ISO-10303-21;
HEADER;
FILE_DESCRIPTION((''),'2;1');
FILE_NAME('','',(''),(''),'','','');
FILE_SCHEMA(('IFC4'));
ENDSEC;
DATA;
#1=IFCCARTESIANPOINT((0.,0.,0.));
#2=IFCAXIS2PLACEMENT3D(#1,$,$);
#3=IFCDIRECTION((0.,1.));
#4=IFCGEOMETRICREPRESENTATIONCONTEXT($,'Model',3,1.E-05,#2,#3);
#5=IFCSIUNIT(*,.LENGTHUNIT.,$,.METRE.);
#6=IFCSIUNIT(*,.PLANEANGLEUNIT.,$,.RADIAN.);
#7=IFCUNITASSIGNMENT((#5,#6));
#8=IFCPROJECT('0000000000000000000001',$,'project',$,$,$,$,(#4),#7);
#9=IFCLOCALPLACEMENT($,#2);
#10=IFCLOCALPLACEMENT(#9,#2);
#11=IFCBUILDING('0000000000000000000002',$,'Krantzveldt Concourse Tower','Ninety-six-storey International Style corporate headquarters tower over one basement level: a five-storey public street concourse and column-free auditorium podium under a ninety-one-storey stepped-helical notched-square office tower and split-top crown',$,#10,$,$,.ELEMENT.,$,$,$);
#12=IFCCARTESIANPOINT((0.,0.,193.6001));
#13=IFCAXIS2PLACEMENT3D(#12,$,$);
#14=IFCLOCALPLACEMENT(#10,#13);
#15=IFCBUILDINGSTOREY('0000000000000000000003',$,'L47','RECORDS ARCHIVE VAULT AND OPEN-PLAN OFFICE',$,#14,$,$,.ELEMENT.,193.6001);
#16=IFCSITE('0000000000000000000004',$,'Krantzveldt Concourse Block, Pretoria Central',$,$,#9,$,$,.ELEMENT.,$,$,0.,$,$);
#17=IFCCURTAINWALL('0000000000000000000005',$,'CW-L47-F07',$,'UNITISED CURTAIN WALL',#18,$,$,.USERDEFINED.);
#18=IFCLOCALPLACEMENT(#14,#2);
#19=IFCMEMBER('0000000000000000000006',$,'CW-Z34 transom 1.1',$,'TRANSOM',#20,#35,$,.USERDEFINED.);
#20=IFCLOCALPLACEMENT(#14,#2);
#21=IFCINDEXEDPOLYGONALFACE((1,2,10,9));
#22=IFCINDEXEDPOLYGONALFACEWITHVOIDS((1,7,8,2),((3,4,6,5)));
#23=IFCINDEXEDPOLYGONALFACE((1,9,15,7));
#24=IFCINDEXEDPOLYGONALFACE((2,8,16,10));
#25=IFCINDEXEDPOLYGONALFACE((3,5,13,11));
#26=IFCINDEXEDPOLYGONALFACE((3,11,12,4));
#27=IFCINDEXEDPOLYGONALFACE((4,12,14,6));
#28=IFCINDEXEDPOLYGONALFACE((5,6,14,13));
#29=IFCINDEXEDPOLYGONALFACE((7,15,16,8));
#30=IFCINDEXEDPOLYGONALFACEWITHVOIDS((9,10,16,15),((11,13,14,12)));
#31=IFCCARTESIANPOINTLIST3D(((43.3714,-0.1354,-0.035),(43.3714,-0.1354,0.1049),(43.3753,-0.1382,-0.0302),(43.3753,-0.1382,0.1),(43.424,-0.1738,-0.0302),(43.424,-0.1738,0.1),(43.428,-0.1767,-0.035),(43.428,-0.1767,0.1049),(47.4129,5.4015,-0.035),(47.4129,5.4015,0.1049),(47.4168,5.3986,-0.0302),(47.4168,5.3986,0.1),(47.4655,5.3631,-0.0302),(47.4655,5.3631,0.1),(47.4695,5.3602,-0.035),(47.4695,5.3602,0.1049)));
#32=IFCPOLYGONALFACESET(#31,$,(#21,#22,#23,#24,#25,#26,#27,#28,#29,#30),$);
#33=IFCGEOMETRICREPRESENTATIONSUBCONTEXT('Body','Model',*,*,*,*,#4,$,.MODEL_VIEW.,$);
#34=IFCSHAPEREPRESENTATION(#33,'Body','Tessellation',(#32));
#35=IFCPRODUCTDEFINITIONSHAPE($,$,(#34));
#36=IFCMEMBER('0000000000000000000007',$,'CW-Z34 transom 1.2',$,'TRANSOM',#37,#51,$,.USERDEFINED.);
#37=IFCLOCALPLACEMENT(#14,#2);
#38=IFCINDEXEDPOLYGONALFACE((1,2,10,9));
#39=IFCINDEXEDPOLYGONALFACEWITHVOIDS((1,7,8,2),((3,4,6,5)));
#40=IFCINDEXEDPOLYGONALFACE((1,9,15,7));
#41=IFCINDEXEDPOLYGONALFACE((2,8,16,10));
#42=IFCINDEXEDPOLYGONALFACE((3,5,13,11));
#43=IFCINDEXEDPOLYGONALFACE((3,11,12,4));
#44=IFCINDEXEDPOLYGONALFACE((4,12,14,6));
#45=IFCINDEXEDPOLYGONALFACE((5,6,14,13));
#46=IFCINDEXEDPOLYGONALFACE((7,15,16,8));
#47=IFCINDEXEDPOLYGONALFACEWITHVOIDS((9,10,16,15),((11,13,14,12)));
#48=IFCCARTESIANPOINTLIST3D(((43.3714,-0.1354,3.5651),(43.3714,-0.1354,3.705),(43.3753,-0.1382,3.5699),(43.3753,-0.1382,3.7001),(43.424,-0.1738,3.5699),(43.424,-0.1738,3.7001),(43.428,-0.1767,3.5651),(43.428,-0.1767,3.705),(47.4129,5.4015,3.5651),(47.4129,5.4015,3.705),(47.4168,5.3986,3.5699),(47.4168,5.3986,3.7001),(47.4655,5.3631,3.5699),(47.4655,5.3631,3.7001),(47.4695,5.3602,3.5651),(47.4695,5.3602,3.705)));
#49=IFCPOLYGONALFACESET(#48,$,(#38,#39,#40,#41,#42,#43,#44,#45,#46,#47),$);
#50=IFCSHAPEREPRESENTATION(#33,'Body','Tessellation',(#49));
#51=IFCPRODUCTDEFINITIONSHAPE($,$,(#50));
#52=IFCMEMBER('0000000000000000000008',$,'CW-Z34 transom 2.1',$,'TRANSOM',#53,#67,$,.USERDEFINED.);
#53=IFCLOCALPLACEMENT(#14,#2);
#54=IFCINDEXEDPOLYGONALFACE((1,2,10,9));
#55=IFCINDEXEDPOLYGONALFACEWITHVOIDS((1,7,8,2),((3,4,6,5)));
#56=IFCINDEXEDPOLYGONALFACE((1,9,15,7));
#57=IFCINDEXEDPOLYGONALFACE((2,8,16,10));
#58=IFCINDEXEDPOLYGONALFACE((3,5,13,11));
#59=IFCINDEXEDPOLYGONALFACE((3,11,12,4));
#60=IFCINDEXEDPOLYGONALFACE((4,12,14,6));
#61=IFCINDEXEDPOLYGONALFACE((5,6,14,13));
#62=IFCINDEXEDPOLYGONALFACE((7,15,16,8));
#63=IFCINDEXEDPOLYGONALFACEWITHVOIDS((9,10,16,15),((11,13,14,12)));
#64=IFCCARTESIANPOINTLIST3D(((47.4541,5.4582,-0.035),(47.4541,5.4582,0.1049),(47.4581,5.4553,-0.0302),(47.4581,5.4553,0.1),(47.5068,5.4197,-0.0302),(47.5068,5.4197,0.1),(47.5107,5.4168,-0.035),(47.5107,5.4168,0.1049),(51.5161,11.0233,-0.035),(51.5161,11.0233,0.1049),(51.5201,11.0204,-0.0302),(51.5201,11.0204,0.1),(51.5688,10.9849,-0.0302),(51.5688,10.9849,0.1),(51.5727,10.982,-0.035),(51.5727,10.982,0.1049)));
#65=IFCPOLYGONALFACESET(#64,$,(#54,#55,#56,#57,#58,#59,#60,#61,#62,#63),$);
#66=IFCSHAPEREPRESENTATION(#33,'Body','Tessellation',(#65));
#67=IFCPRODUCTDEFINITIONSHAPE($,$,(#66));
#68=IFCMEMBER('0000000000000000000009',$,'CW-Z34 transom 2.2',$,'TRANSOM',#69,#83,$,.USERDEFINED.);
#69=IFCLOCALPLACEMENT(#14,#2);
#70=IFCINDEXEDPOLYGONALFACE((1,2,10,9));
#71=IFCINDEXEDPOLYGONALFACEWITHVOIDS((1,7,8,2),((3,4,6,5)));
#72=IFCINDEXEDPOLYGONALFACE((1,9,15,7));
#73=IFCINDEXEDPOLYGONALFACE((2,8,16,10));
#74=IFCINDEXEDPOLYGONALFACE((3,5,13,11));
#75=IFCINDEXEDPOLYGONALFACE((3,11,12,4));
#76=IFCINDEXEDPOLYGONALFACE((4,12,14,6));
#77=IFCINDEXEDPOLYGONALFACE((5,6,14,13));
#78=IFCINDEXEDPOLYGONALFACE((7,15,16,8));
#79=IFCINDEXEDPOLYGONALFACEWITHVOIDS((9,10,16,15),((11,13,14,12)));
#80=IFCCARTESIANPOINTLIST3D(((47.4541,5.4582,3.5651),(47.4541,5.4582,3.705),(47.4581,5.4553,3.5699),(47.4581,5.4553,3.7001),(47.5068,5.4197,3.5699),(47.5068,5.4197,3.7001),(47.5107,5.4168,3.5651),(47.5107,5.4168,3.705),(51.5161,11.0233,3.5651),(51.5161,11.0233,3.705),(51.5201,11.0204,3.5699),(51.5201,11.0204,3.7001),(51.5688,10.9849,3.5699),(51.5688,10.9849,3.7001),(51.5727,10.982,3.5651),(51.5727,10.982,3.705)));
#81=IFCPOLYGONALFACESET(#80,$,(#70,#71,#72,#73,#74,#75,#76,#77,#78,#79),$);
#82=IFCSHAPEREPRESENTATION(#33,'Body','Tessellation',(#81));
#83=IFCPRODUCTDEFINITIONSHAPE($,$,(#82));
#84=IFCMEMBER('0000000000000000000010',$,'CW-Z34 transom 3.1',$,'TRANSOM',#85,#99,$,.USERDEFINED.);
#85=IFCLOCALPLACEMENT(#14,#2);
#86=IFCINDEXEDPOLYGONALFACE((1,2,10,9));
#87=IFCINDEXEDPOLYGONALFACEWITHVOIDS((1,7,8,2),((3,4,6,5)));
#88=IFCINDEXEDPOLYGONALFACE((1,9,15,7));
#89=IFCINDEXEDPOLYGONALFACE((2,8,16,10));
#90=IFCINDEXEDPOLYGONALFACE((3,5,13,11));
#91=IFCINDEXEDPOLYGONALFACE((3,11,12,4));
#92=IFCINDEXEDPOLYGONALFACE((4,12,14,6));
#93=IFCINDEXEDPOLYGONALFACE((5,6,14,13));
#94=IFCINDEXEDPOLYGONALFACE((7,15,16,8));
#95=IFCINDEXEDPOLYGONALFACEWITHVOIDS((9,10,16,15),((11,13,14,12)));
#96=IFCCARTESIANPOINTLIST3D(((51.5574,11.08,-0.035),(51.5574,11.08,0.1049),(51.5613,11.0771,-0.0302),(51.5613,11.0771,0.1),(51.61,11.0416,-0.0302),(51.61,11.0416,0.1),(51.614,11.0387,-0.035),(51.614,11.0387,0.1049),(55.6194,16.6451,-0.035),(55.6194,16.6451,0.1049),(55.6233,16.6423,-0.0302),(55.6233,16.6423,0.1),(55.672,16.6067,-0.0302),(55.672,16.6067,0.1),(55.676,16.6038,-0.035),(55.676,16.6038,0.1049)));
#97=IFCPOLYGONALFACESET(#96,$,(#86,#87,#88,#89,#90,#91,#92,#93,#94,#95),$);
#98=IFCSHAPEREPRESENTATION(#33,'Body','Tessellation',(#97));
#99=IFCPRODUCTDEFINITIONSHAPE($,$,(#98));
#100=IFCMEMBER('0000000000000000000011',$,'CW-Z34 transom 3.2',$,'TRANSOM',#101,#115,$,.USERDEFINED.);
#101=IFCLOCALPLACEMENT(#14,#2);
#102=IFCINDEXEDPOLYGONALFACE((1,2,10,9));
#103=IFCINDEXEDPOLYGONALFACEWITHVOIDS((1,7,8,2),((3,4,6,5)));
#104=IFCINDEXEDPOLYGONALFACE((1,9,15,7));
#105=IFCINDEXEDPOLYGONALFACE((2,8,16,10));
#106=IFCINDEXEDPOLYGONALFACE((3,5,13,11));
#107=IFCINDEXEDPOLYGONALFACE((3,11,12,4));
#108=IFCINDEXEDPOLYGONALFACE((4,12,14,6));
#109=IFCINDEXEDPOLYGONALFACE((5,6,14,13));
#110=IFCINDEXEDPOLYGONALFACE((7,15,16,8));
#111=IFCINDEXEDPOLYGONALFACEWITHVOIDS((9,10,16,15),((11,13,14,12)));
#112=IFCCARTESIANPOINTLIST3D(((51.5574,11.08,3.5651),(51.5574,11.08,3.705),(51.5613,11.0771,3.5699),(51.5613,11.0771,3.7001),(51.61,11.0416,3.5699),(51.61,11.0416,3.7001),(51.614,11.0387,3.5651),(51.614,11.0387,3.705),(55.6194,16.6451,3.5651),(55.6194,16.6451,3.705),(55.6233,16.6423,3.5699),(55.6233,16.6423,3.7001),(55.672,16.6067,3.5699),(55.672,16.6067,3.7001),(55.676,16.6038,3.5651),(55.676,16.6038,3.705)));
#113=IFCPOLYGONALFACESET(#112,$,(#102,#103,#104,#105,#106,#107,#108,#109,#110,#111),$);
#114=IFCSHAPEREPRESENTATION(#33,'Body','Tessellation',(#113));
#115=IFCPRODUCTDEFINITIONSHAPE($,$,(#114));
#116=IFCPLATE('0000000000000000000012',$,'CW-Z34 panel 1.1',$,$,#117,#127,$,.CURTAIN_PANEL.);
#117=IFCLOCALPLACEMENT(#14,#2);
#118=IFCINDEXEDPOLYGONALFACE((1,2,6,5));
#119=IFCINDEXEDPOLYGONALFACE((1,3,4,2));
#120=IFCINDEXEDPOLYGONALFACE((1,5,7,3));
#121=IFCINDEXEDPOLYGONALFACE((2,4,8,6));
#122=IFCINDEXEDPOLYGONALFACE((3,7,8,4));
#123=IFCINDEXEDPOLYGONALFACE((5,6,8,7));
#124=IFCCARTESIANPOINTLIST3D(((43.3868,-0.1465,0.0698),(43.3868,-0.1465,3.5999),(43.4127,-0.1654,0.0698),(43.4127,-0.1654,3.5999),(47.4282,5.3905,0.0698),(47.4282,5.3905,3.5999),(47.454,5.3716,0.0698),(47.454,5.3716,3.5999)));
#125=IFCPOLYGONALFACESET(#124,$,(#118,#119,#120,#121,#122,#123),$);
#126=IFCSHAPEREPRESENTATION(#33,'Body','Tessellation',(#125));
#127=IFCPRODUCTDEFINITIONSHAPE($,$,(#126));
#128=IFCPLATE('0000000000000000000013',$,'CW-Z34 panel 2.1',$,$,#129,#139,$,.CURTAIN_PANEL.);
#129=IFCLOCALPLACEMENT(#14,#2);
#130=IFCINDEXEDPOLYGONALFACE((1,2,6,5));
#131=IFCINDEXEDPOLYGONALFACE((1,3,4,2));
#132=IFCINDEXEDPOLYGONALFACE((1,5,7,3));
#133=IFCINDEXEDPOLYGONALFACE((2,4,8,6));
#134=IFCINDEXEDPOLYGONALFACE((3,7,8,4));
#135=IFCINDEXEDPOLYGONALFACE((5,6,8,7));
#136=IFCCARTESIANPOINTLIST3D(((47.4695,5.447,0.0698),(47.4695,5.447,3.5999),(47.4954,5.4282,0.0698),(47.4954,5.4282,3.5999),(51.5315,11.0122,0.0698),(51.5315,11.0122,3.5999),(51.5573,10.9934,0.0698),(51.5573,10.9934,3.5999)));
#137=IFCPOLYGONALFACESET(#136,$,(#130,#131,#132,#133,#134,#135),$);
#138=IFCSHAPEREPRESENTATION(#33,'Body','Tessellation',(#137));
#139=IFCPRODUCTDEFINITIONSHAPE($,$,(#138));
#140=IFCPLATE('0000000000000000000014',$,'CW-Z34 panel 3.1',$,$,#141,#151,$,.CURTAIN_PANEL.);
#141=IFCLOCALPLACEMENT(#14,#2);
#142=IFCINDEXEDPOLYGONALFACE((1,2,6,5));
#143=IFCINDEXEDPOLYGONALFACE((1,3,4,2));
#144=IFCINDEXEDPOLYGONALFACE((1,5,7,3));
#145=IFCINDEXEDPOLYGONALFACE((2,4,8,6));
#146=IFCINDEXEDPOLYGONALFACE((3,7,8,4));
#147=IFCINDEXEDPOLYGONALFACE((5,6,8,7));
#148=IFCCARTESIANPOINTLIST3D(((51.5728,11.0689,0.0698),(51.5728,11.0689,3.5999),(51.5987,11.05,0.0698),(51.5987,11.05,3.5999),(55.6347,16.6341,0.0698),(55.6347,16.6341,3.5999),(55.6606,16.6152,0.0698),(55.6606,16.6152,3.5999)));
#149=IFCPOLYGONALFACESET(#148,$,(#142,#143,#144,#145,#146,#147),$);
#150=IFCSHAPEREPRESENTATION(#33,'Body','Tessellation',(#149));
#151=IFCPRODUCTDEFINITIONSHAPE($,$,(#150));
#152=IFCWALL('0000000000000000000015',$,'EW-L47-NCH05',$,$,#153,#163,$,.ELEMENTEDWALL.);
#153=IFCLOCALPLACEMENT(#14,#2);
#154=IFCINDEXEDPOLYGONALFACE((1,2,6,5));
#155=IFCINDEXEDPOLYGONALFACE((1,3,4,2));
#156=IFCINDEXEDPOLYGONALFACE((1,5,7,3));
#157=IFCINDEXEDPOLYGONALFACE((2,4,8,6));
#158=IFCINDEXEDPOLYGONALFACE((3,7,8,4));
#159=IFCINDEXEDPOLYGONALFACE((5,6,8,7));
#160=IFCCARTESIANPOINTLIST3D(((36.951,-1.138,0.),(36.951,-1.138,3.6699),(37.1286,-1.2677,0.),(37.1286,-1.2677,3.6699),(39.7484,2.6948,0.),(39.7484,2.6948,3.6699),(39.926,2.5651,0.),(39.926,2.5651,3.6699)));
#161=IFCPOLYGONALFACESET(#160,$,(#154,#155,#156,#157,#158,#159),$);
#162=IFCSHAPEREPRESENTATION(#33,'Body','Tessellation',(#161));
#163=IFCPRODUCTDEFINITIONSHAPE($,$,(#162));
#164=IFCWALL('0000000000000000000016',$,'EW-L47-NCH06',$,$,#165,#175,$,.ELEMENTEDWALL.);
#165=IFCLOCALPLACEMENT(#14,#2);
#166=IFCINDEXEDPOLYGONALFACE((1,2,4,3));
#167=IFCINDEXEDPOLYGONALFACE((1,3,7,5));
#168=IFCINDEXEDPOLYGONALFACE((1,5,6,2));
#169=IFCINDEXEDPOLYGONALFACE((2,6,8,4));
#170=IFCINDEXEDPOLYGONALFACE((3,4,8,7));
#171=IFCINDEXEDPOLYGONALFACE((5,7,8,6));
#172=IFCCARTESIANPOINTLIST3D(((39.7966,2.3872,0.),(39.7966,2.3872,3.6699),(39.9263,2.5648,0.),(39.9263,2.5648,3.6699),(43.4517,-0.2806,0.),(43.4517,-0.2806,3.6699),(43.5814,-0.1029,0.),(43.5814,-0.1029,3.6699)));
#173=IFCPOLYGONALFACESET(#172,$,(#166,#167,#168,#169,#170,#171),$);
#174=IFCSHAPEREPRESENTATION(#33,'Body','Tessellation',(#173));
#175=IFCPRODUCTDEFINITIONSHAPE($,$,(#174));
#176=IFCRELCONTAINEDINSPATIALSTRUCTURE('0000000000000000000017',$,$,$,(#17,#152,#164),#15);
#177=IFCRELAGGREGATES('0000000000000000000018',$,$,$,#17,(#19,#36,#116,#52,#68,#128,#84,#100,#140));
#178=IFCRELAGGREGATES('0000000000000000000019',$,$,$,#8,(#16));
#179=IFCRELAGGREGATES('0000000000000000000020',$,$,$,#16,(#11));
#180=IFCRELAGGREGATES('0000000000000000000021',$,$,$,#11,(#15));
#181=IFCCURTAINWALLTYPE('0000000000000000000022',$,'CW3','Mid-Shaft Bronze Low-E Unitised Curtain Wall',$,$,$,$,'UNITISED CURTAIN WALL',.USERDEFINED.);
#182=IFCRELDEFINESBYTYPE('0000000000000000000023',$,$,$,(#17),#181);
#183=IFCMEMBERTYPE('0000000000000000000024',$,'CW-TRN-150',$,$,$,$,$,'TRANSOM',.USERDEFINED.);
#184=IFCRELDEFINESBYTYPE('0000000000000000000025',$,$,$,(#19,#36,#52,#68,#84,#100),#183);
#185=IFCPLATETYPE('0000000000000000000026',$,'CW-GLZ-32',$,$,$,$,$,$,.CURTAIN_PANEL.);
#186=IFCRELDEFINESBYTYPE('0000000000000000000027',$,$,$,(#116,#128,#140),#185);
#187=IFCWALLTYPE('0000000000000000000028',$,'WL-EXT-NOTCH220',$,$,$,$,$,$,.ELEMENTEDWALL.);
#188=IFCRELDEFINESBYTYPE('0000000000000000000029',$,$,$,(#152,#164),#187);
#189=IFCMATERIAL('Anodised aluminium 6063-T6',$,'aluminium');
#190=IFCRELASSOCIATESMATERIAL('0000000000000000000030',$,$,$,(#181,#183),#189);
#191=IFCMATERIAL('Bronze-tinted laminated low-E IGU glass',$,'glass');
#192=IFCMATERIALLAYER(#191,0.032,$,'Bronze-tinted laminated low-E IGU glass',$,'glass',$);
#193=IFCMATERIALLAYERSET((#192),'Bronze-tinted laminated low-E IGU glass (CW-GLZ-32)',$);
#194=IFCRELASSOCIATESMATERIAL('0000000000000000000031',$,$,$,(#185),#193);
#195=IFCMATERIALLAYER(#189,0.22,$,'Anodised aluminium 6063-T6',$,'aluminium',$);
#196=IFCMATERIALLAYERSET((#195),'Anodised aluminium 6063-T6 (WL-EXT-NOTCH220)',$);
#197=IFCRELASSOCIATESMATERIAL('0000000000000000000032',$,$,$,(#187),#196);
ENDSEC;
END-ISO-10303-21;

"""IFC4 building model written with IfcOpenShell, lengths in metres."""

from ifc_helpers import new_model, si_unit, direction, frame, frame_2d, origin, origin_2d, place, context, subcontext, project, spatial, rectangle, hollow_rectangle, extrude, source, transform, mapped, material, layer, layer_set, material_profile, profile_set, type_object, type_shapes, element, aggregate, save


model = new_model("IFC4")

# Units and contexts
model_context = context("Model", 3, precision=1e-05, world=origin(), true_north=direction((0.0, 1.0)))
body_context = subcontext(model_context, "Body", "Model", "MODEL_VIEW")
ifc_project = project(units=[si_unit("LENGTHUNIT", "METRE"), si_unit("PLANEANGLEUNIT", "RADIAN")], contexts=[model_context])

# Site, building, storey
site_placement = place(None, origin())
site = spatial("IfcSite", under=ifc_project, at=site_placement, Name="Krantzveldt Concourse Block, Pretoria Central", CompositionType="ELEMENT", RefElevation=0.0)
building_placement = place(site_placement, origin())
building = spatial("IfcBuilding", under=site, at=building_placement, Name="Krantzveldt Concourse Tower", Description="Ninety-six-storey International Style corporate headquarters tower over one basement level: a five-storey public street concourse and column-free auditorium podium under a ninety-one-storey stepped-helical notched-square office tower and split-top crown", CompositionType="ELEMENT")
storey_placement = place(building_placement, frame((0.0, 0.0, 193.6001)))
storey = spatial("IfcBuildingStorey", under=building, at=storey_placement, Name="L47", Description="RECORDS ARCHIVE VAULT AND OPEN-PLAN OFFICE", CompositionType="ELEMENT", Elevation=193.6001)

# Shared definitions
ifc_material_1 = material(Name="Anodised aluminium 6063-T6", Category="aluminium")
curtain_wall_type = type_object("IfcCurtainWallType", Name="CW3", Description="Mid-Shaft Bronze Low-E Unitised Curtain Wall", ElementType="UNITISED CURTAIN WALL", PredefinedType="USERDEFINED", material=ifc_material_1)

# Curtain wall, members, plates
curtain_wall_1_placement = place(storey_placement, origin())
curtain_wall_1 = element("IfcCurtainWall", 1, at=curtain_wall_1_placement, inside=storey, type_object=curtain_wall_type, Name="CW-L47-F07", ObjectType="UNITISED CURTAIN WALL", PredefinedType="USERDEFINED")
ifc_material_profile_1 = material_profile(ifc_material_1, hollow_rectangle(XDim=0.0701, YDim=0.1399, WallThickness=0.0049, at=origin_2d()), Name="Anodised aluminium 6063-T6", Category="aluminium")
ifc_profile_set_1 = profile_set([ifc_material_profile_1], Name="Anodised aluminium 6063-T6 - ALU-TRAN 140x70x5")
member_type_1 = type_object("IfcMemberType", Name="CW-TRN-150", ElementType="TRANSOM", PredefinedType="USERDEFINED", material=ifc_profile_set_1)
shared_shape_1 = source(origin(), body_context, "Body", "SweptSolid", [
    extrude(hollow_rectangle(XDim=0.0701, YDim=0.1399, WallThickness=0.0049, at=origin_2d()), origin(), (0.0, 0.0, 1.0), 6.855),
])
member_1_placement = place(storey_placement, frame((43.3997, -0.156, 0.0349), z_axis=(0.589573, 0.807715, 0.0), x_axis=(-0.807715, 0.589573, 0.0)))
member_1 = element("IfcMember", 2, at=member_1_placement, type_object=member_type_1, Name="CW-Z34 transom 1.1", ObjectType="TRANSOM", PredefinedType="USERDEFINED", context=body_context, shape_type="MappedRepresentation", body=[
    mapped(shared_shape_1, transform((0.0, 0.0, 0.0), x_axis=(1.0, 0.0, 0.0), y_axis=(0.0, 1.0, 0.0), z_axis=(0.0, 0.0, 1.0), scale=1.0)),
])
member_2_placement = place(storey_placement, frame((43.3997, -0.156, 3.635), z_axis=(0.589573, 0.807715, 0.0), x_axis=(-0.807715, 0.589573, 0.0)))
member_2 = element("IfcMember", 3, at=member_2_placement, type_object=member_type_1, Name="CW-Z34 transom 1.2", ObjectType="TRANSOM", PredefinedType="USERDEFINED", context=body_context, shape_type="MappedRepresentation", body=[
    mapped(shared_shape_1, transform((0.0, 0.0, 0.0), x_axis=(1.0, 0.0, 0.0), y_axis=(0.0, 1.0, 0.0), z_axis=(0.0, 0.0, 1.0), scale=1.0)),
])
shared_shape_2 = source(origin(), body_context, "Body", "SweptSolid", [
    extrude(hollow_rectangle(XDim=0.0701, YDim=0.1399, WallThickness=0.0049, at=origin_2d()), origin(), (0.0, 0.0, 1.0), 6.8899),
])
type_shapes(member_type_1, [shared_shape_1, shared_shape_2])
member_3_placement = place(storey_placement, frame((47.4824, 5.4375, 0.0349), z_axis=(0.589557, 0.807727, 0.0), x_axis=(-0.807727, 0.589557, 0.0)))
member_3 = element("IfcMember", 4, at=member_3_placement, type_object=member_type_1, Name="CW-Z34 transom 2.1", ObjectType="TRANSOM", PredefinedType="USERDEFINED", context=body_context, shape_type="MappedRepresentation", body=[
    mapped(shared_shape_2, transform((0.0, 0.0, 0.0), x_axis=(1.0, 0.0, 0.0), y_axis=(0.0, 1.0, 0.0), z_axis=(0.0, 0.0, 1.0), scale=1.0)),
])
member_4_placement = place(storey_placement, frame((47.4824, 5.4375, 3.635), z_axis=(0.589557, 0.807727, 0.0), x_axis=(-0.807727, 0.589557, 0.0)))
member_4 = element("IfcMember", 5, at=member_4_placement, type_object=member_type_1, Name="CW-Z34 transom 2.2", ObjectType="TRANSOM", PredefinedType="USERDEFINED", context=body_context, shape_type="MappedRepresentation", body=[
    mapped(shared_shape_2, transform((0.0, 0.0, 0.0), x_axis=(1.0, 0.0, 0.0), y_axis=(0.0, 1.0, 0.0), z_axis=(0.0, 0.0, 1.0), scale=1.0)),
])
member_5_placement = place(storey_placement, frame((51.5857, 11.0593, 0.0349), z_axis=(0.589557, 0.807727, 0.0), x_axis=(-0.807727, 0.589557, 0.0)))
member_5 = element("IfcMember", 6, at=member_5_placement, type_object=member_type_1, Name="CW-Z34 transom 3.1", ObjectType="TRANSOM", PredefinedType="USERDEFINED", context=body_context, shape_type="MappedRepresentation", body=[
    mapped(shared_shape_2, transform((0.0, 0.0, 0.0), x_axis=(1.0, 0.0, 0.0), y_axis=(0.0, 1.0, 0.0), z_axis=(0.0, 0.0, 1.0), scale=1.0)),
])
member_6_placement = place(storey_placement, frame((51.5857, 11.0593, 3.635), z_axis=(0.589557, 0.807727, 0.0), x_axis=(-0.807727, 0.589557, 0.0)))
member_6 = element("IfcMember", 7, at=member_6_placement, type_object=member_type_1, Name="CW-Z34 transom 3.2", ObjectType="TRANSOM", PredefinedType="USERDEFINED", context=body_context, shape_type="MappedRepresentation", body=[
    mapped(shared_shape_2, transform((0.0, 0.0, 0.0), x_axis=(1.0, 0.0, 0.0), y_axis=(0.0, 1.0, 0.0), z_axis=(0.0, 0.0, 1.0), scale=1.0)),
])
ifc_material_2 = material(Name="Bronze-tinted laminated low-E IGU glass", Category="glass")
ifc_layer_1 = layer(ifc_material_2, 0.032, Name="Bronze-tinted laminated low-E IGU glass", Category="glass")
ifc_layer_set_1 = layer_set([ifc_layer_1], Name="Bronze-tinted laminated low-E IGU glass (CW-GLZ-32)")
plate_type = type_object("IfcPlateType", Name="CW-GLZ-32", PredefinedType="CURTAIN_PANEL", material=ifc_layer_set_1)
shared_shape_3 = source(origin(), body_context, "Body", "SweptSolid", [
    extrude(rectangle(XDim=6.855, YDim=0.032, at=origin_2d()), origin(), (0.0, 0.0, 1.0), 3.53),
])
plate_1_placement = place(storey_placement, frame((45.4204, 2.6125, 0.0698), z_axis=(0.0, 0.0, 1.0), x_axis=(0.589549, 0.807733, 0.0)))
plate_1 = element("IfcPlate", 8, at=plate_1_placement, type_object=plate_type, Name="CW-Z34 panel 1.1", PredefinedType="CURTAIN_PANEL", context=body_context, shape_type="MappedRepresentation", body=[
    mapped(shared_shape_3, transform((0.0, 0.0, 0.0), x_axis=(1.0, 0.0, 0.0), y_axis=(0.0, 1.0, 0.0), z_axis=(0.0, 0.0, 1.0), scale=1.0)),
])
shared_shape_4 = source(origin(), body_context, "Body", "SweptSolid", [
    extrude(rectangle(XDim=6.8899, YDim=0.032, at=origin_2d()), origin(), (0.0, 0.0, 1.0), 3.53),
])
type_shapes(plate_type, [shared_shape_3, shared_shape_4])
plate_2_placement = place(storey_placement, frame((49.5134, 8.2202, 0.0698), z_axis=(0.0, 0.0, 1.0), x_axis=(0.589549, 0.807733, 0.0)))
plate_2 = element("IfcPlate", 9, at=plate_2_placement, type_object=plate_type, Name="CW-Z34 panel 2.1", PredefinedType="CURTAIN_PANEL", context=body_context, shape_type="MappedRepresentation", body=[
    mapped(shared_shape_4, transform((0.0, 0.0, 0.0), x_axis=(1.0, 0.0, 0.0), y_axis=(0.0, 1.0, 0.0), z_axis=(0.0, 0.0, 1.0), scale=1.0)),
])
plate_3_placement = place(storey_placement, frame((53.6167, 13.842, 0.0698), z_axis=(0.0, 0.0, 1.0), x_axis=(0.589549, 0.807733, 0.0)))
plate_3 = element("IfcPlate", 10, at=plate_3_placement, type_object=plate_type, Name="CW-Z34 panel 3.1", PredefinedType="CURTAIN_PANEL", context=body_context, shape_type="MappedRepresentation", body=[
    mapped(shared_shape_4, transform((0.0, 0.0, 0.0), x_axis=(1.0, 0.0, 0.0), y_axis=(0.0, 1.0, 0.0), z_axis=(0.0, 0.0, 1.0), scale=1.0)),
])
aggregate(curtain_wall_1, [member_1, member_2, plate_1, member_3, member_4, plate_2, member_5, member_6, plate_3])

# Walls
ifc_layer_2 = layer(ifc_material_1, 0.22, Name="Anodised aluminium 6063-T6", Category="aluminium")
ifc_layer_set_2 = layer_set([ifc_layer_2], Name="Anodised aluminium 6063-T6 (WL-EXT-NOTCH220)")
wall_type_1 = type_object("IfcWallType", Name="WL-EXT-NOTCH220", PredefinedType="ELEMENTEDWALL", material=ifc_layer_set_2)
wall_1_placement = place(storey_placement, frame((37.0398, -1.2029, 0.0), z_axis=(0.0, 0.0, 1.0), x_axis=(0.589535, 0.807743, 0.0)))
element("IfcWall", 11, at=wall_1_placement, inside=storey, type_object=wall_type_1, Name="EW-L47-NCH05", PredefinedType="ELEMENTEDWALL", context=body_context, shape_type="SweptSolid", body=[
    extrude(rectangle(XDim=4.7451, YDim=0.22, at=frame_2d((2.3726, 0.0))), origin(), (0.0, 0.0, 1.0), 3.6699),
])
wall_2_placement = place(storey_placement, frame((39.8613, 2.4761, 0.0), z_axis=(0.0, 0.0, 1.0), x_axis=(0.807734, -0.589547, 0.0)))
element("IfcWall", 12, at=wall_2_placement, inside=storey, type_object=wall_type_1, Name="EW-L47-NCH06", PredefinedType="ELEMENTEDWALL", context=body_context, shape_type="SweptSolid", body=[
    extrude(rectangle(XDim=4.5251, YDim=0.22, at=frame_2d((2.2627, 0.0))), origin(), (0.0, 0.0, 1.0), 3.6699),
])

save(model, "model.ifc")
